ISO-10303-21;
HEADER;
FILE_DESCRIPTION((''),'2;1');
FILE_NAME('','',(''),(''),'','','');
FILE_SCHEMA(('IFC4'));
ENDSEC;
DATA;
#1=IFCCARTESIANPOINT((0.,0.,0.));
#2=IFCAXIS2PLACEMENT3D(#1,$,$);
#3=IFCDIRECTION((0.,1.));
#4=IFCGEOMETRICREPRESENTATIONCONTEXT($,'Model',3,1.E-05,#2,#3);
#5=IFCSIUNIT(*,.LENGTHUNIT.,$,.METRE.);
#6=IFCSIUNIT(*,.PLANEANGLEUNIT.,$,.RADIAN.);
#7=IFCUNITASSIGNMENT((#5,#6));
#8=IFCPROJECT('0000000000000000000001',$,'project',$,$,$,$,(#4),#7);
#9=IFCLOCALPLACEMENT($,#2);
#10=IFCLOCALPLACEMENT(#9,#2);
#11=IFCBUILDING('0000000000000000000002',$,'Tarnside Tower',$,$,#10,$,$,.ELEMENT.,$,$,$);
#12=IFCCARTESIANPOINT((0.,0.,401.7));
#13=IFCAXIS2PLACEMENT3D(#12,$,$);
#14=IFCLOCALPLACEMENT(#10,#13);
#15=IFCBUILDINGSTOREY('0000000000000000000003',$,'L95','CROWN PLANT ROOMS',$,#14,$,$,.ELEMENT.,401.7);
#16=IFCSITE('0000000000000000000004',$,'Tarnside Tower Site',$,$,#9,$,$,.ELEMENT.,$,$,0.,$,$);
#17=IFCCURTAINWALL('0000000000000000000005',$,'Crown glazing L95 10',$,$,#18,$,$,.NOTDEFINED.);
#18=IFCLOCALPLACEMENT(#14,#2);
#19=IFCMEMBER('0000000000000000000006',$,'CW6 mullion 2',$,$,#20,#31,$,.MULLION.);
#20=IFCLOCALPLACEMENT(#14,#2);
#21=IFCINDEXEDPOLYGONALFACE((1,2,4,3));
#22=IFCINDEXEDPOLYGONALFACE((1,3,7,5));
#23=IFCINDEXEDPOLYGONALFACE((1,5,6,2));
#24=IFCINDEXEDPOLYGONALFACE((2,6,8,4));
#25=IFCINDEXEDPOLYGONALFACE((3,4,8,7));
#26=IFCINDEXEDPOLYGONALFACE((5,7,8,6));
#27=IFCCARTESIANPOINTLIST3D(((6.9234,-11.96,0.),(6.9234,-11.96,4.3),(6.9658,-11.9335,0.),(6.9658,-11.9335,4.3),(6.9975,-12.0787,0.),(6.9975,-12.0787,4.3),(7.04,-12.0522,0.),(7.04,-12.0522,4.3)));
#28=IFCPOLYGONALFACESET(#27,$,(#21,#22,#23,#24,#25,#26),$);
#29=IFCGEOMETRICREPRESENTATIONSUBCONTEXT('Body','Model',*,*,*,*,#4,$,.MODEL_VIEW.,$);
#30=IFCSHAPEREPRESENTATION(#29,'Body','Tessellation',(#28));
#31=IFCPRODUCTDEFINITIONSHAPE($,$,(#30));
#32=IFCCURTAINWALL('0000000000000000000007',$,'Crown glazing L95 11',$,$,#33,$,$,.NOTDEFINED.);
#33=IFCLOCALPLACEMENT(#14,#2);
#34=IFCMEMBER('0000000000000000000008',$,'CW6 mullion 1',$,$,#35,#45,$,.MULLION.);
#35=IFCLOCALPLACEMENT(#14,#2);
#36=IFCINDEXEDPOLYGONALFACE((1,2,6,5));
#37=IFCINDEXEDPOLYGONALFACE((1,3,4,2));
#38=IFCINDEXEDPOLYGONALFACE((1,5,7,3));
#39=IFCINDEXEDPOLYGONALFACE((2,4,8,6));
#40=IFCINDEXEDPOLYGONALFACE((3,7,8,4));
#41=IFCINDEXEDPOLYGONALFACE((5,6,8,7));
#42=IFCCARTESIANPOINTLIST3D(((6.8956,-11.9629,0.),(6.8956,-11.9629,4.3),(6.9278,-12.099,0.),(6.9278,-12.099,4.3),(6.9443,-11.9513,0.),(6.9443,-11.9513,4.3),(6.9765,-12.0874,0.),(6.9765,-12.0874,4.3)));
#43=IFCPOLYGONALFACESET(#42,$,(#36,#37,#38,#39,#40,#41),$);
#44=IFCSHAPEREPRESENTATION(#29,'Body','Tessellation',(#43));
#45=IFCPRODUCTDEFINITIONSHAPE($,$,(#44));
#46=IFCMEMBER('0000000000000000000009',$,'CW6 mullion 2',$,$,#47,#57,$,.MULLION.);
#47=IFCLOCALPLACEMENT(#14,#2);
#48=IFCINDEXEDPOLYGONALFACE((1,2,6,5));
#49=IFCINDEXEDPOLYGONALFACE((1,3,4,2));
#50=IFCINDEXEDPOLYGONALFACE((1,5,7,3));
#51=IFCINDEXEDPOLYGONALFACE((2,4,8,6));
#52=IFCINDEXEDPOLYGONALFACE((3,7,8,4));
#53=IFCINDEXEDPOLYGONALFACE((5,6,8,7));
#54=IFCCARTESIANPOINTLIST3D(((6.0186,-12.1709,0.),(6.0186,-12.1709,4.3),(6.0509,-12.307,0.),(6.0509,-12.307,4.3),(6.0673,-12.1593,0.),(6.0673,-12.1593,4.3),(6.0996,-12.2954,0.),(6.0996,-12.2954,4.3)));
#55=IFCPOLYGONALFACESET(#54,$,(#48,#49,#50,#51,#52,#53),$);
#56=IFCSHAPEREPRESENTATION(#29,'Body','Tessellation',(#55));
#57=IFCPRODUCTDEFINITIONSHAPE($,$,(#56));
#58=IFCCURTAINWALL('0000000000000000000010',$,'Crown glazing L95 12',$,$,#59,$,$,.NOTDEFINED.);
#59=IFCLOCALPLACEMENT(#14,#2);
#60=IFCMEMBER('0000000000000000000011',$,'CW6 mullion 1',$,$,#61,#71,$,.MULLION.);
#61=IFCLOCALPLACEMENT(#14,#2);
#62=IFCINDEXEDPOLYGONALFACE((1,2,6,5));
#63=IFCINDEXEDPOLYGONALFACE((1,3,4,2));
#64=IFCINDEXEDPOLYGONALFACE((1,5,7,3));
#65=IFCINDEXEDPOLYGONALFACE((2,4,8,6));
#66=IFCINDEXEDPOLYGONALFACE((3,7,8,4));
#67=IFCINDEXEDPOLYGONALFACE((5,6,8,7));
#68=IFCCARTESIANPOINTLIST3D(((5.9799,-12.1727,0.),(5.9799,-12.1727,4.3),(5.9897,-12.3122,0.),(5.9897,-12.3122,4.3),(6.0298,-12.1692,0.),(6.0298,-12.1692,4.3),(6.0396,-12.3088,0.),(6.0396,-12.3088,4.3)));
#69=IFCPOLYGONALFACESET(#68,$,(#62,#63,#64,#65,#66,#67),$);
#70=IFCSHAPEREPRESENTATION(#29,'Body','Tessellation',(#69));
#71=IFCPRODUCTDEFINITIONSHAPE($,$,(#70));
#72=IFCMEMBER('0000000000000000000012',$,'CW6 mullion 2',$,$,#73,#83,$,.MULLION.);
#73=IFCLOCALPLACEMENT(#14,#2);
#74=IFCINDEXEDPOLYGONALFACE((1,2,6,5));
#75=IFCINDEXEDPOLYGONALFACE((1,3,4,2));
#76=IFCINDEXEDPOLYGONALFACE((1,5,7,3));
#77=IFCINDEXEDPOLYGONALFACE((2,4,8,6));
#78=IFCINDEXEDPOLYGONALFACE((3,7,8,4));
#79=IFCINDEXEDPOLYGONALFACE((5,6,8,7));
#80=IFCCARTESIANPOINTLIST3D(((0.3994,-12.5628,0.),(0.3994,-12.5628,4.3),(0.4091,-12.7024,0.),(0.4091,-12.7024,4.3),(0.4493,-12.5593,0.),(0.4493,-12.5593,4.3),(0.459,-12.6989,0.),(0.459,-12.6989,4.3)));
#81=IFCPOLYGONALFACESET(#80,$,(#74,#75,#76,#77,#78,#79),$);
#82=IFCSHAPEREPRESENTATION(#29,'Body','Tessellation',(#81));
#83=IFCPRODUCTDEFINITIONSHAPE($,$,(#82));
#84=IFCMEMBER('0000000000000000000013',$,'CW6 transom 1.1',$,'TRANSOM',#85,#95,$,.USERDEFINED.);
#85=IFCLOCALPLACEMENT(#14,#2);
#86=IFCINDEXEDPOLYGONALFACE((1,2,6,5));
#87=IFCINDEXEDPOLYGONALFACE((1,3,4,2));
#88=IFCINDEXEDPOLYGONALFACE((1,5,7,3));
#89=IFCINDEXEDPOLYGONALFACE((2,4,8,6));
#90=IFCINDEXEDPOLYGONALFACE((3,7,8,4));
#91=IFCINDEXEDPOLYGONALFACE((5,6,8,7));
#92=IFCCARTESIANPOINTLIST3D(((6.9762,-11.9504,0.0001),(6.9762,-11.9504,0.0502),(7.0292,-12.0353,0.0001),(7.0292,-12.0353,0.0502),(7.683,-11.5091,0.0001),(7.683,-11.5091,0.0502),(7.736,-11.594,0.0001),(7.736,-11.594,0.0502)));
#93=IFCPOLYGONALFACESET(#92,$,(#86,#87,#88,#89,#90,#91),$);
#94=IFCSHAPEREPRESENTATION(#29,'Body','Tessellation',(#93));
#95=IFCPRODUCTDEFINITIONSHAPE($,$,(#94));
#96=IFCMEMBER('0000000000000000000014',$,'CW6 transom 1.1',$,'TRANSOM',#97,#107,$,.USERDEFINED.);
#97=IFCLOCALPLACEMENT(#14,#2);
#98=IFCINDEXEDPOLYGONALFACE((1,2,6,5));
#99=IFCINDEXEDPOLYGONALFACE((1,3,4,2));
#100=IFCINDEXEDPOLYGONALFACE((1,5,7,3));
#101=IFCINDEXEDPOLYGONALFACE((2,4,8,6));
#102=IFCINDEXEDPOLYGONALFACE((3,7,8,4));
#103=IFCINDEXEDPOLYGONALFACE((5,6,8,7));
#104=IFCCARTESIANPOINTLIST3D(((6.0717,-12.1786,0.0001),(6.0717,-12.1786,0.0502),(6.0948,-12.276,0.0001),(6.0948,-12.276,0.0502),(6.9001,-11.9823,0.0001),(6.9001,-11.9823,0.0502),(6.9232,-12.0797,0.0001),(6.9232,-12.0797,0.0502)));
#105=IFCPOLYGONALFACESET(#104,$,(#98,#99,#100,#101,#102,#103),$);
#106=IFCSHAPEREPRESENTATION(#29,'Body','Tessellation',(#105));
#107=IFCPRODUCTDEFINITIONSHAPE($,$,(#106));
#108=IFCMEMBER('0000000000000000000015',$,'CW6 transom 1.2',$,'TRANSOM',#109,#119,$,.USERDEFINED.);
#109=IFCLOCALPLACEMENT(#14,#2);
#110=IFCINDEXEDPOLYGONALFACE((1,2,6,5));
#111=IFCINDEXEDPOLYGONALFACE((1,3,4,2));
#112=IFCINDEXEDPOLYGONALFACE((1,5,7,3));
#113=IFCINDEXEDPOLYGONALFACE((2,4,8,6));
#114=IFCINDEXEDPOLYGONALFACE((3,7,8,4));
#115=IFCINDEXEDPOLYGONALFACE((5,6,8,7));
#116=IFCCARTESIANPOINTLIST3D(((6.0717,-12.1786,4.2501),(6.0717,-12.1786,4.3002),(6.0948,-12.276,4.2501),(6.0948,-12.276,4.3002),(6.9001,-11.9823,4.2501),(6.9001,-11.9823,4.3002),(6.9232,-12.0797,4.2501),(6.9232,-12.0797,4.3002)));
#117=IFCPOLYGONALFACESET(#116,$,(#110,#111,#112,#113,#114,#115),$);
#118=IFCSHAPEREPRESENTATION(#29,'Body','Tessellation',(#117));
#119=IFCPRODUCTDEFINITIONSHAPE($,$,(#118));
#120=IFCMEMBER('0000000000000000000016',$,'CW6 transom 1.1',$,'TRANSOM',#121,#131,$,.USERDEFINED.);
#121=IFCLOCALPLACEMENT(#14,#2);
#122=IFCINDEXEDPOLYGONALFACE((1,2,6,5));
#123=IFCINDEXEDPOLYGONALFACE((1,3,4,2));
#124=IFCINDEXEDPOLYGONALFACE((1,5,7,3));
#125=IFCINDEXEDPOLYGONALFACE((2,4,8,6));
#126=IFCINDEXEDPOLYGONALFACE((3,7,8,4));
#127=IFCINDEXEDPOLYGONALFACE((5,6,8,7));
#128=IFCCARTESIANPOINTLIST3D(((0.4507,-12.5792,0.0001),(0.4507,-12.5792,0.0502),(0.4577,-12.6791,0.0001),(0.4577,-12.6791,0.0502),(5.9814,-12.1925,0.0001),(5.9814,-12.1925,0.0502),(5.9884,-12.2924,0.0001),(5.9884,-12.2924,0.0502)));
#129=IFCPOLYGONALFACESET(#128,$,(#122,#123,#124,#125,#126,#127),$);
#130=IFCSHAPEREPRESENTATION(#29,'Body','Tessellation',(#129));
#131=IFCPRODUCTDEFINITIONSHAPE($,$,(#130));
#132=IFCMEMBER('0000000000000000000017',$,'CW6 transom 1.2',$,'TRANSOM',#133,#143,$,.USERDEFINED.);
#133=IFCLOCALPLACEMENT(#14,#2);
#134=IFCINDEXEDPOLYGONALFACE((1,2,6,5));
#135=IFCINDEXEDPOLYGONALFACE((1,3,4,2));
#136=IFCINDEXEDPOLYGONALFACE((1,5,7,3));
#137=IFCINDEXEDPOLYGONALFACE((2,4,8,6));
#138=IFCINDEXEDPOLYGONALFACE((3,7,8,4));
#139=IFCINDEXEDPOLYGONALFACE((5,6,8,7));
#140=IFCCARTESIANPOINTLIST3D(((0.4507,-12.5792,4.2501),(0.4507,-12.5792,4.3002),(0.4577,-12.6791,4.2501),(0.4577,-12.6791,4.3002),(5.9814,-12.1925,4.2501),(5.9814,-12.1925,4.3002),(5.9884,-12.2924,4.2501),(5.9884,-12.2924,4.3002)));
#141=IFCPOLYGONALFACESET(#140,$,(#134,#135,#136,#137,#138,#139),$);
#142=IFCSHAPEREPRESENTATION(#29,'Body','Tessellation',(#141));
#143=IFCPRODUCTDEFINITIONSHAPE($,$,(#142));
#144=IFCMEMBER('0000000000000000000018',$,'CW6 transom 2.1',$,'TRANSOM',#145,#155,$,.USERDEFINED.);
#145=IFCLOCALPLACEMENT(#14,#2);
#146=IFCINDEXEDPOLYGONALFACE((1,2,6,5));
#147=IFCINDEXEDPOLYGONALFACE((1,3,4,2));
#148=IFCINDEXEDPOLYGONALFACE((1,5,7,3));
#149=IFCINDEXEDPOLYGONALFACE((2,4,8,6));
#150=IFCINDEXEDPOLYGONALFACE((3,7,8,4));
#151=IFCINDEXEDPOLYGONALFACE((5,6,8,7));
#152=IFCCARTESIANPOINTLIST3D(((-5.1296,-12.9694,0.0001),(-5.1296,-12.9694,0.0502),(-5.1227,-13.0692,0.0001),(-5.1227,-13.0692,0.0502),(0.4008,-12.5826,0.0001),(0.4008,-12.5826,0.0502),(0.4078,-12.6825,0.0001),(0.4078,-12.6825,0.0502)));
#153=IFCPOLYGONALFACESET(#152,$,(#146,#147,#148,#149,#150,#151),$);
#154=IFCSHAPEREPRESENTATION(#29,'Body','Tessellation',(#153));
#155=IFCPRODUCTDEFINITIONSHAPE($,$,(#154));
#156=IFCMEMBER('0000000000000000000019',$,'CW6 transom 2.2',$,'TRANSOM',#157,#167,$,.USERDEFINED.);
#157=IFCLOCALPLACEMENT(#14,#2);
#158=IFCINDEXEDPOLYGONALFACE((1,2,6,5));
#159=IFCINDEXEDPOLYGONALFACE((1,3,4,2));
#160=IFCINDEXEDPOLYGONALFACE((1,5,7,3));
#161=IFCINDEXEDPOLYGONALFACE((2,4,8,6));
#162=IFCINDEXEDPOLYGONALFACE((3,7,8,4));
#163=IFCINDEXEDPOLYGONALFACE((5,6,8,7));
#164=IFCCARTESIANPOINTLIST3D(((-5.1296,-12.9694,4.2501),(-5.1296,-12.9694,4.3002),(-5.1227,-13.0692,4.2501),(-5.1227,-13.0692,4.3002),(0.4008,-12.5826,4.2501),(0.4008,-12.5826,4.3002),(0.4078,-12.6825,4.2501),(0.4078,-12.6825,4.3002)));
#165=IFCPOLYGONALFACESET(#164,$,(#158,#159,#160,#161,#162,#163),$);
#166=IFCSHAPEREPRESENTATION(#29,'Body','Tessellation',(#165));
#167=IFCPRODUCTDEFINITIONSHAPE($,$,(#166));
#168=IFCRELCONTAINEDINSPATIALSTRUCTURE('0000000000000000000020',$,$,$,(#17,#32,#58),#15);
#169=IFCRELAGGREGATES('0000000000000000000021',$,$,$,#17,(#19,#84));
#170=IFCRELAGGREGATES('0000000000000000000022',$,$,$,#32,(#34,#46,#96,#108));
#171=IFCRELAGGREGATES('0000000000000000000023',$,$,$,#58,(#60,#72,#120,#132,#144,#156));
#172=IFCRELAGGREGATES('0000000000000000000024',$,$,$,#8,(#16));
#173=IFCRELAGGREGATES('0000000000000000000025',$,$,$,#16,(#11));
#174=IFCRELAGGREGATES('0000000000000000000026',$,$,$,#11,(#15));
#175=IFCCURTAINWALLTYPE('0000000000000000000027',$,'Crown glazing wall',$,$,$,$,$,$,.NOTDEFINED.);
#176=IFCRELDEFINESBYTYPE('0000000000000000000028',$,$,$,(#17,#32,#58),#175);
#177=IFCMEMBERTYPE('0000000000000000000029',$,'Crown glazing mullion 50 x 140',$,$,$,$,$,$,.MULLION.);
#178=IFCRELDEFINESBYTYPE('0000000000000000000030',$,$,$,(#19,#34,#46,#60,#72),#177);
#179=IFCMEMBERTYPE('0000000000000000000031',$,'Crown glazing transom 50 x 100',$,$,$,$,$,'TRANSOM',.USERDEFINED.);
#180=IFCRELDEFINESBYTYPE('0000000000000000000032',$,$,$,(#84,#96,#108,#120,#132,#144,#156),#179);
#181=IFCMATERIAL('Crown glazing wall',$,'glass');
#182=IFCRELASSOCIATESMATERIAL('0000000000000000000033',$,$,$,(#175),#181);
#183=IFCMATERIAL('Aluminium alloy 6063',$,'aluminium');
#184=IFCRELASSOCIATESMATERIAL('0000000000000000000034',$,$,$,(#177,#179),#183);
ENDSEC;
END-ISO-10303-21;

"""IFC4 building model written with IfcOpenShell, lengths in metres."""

from ifc_helpers import new_model, si_unit, direction, frame, origin, origin_2d, place, context, subcontext, project, spatial, rectangle, extrude, material, material_profile, profile_set, type_object, element, aggregate, save


model = new_model("IFC4")

# Units and contexts
model_context = context("Model", 3, precision=1e-05, world=origin(), true_north=direction((0.0, 1.0)))
body_context = subcontext(model_context, "Body", "Model", "MODEL_VIEW")
ifc_project = project(units=[si_unit("LENGTHUNIT", "METRE"), si_unit("PLANEANGLEUNIT", "RADIAN")], contexts=[model_context])

# Site, building, storey
site_placement = place(None, origin())
site = spatial("IfcSite", under=ifc_project, at=site_placement, Name="Tarnside Tower Site", CompositionType="ELEMENT", RefElevation=0.0)
building_placement = place(site_placement, origin())
building = spatial("IfcBuilding", under=site, at=building_placement, Name="Tarnside Tower", CompositionType="ELEMENT")
storey_placement = place(building_placement, frame((0.0, 0.0, 401.7)))
storey = spatial("IfcBuildingStorey", under=building, at=storey_placement, Name="L95", Description="CROWN PLANT ROOMS", CompositionType="ELEMENT", Elevation=401.7)

# Curtain wall, member
ifc_material_1 = material(Name="Crown glazing wall", Category="glass")
curtain_wall_type = type_object("IfcCurtainWallType", Name="Crown glazing wall", PredefinedType="NOTDEFINED", material=ifc_material_1)
curtain_wall_1_placement = place(storey_placement, origin())
curtain_wall_1 = element("IfcCurtainWall", 1, at=curtain_wall_1_placement, inside=storey, type_object=curtain_wall_type, Name="Crown glazing L95 10", PredefinedType="NOTDEFINED")
ifc_material_2 = material(Name="Aluminium alloy 6063", Category="aluminium")
ifc_material_profile_1 = material_profile(ifc_material_2, rectangle(XDim=0.1399, YDim=0.05, at=origin_2d()), Name="Crown glazing mullion 50 x 140")
ifc_profile_set_1 = profile_set([ifc_material_profile_1], Name="Aluminium alloy 6063")
member_type_1 = type_object("IfcMemberType", Name="Crown glazing mullion 50 x 140", PredefinedType="MULLION", material=ifc_profile_set_1)
member_1_placement = place(storey_placement, frame((6.9817, -12.0061, 0.0), z_axis=(0.0, 0.0, 1.0), x_axis=(0.529919, -0.848048, 0.0)))
member_1 = element("IfcMember", 2, at=member_1_placement, type_object=member_type_1, Name="CW6 mullion 2", PredefinedType="MULLION", context=body_context, shape_type="SweptSolid", body=[
    extrude(rectangle(XDim=0.1399, YDim=0.05, at=origin_2d()), origin(), (0.0, 0.0, 1.0), 4.3),
])

# Curtain walls, members
curtain_wall_2_placement = place(storey_placement, origin())
curtain_wall_2 = element("IfcCurtainWall", 3, at=curtain_wall_2_placement, inside=storey, type_object=curtain_wall_type, Name="Crown glazing L95 11", PredefinedType="NOTDEFINED")
member_2_placement = place(storey_placement, frame((6.936, -12.0251, 0.0), z_axis=(0.0, 0.0, 1.0), x_axis=(0.230616, -0.973045, 0.0)))
member_2 = element("IfcMember", 4, at=member_2_placement, type_object=member_type_1, Name="CW6 mullion 1", PredefinedType="MULLION", context=body_context, shape_type="SweptSolid", body=[
    extrude(rectangle(XDim=0.1399, YDim=0.05, at=origin_2d()), origin(), (0.0, 0.0, 1.0), 4.3),
])
member_3_placement = place(storey_placement, frame((6.0591, -12.2332, 0.0), z_axis=(0.0, 0.0, 1.0), x_axis=(0.230616, -0.973045, 0.0)))
member_3 = element("IfcMember", 5, at=member_3_placement, type_object=member_type_1, Name="CW6 mullion 2", PredefinedType="MULLION", context=body_context, shape_type="SweptSolid", body=[
    extrude(rectangle(XDim=0.1399, YDim=0.05, at=origin_2d()), origin(), (0.0, 0.0, 1.0), 4.3),
])
curtain_wall_3_placement = place(storey_placement, origin())
curtain_wall_3 = element("IfcCurtainWall", 6, at=curtain_wall_3_placement, inside=storey, type_object=curtain_wall_type, Name="Crown glazing L95 12", PredefinedType="NOTDEFINED")
member_4_placement = place(storey_placement, frame((6.0098, -12.2407, 0.0), z_axis=(0.0, 0.0, 1.0), x_axis=(0.069756, -0.997564, 0.0)))
member_4 = element("IfcMember", 7, at=member_4_placement, type_object=member_type_1, Name="CW6 mullion 1", PredefinedType="MULLION", context=body_context, shape_type="SweptSolid", body=[
    extrude(rectangle(XDim=0.1399, YDim=0.05, at=origin_2d()), origin(), (0.0, 0.0, 1.0), 4.3),
])
member_5_placement = place(storey_placement, frame((0.4292, -12.6309, 0.0), z_axis=(0.0, 0.0, 1.0), x_axis=(0.069756, -0.997564, 0.0)))
member_5 = element("IfcMember", 8, at=member_5_placement, type_object=member_type_1, Name="CW6 mullion 2", PredefinedType="MULLION", context=body_context, shape_type="SweptSolid", body=[
    extrude(rectangle(XDim=0.1399, YDim=0.05, at=origin_2d()), origin(), (0.0, 0.0, 1.0), 4.3),
])

# Members
ifc_material_profile_2 = material_profile(ifc_material_2, rectangle(XDim=0.1001, YDim=0.05, at=origin_2d()), Name="Crown glazing transom 50 x 100")
ifc_profile_set_2 = profile_set([ifc_material_profile_2], Name="Aluminium alloy 6063")
member_type_2 = type_object("IfcMemberType", Name="Crown glazing transom 50 x 100", ElementType="TRANSOM", PredefinedType="USERDEFINED", material=ifc_profile_set_2)
member_6_placement = place(storey_placement, frame((7.7095, -11.5515, 0.0251), z_axis=(-0.848179, -0.529709, 0.0), x_axis=(0.529709, -0.848179, 0.0)))
member_6 = element("IfcMember", 9, at=member_6_placement, type_object=member_type_2, Name="CW6 transom 1.1", ObjectType="TRANSOM", PredefinedType="USERDEFINED", context=body_context, shape_type="SweptSolid", body=[
    extrude(rectangle(XDim=0.1001, YDim=0.05, at=origin_2d()), origin(), (0.0, 0.0, 1.0), 0.8333),
])
member_7_placement = place(storey_placement, frame((6.9116, -12.031, 0.0251), z_axis=(-0.973055, -0.230574, 0.0), x_axis=(0.230574, -0.973055, 0.0)))
member_7 = element("IfcMember", 10, at=member_7_placement, type_object=member_type_2, Name="CW6 transom 1.1", ObjectType="TRANSOM", PredefinedType="USERDEFINED", context=body_context, shape_type="SweptSolid", body=[
    extrude(rectangle(XDim=0.1001, YDim=0.05, at=origin_2d()), origin(), (0.0, 0.0, 1.0), 0.8513),
])
member_8_placement = place(storey_placement, frame((6.9116, -12.031, 4.2751), z_axis=(-0.973055, -0.230574, 0.0), x_axis=(0.230574, -0.973055, 0.0)))
member_8 = element("IfcMember", 11, at=member_8_placement, type_object=member_type_2, Name="CW6 transom 1.2", ObjectType="TRANSOM", PredefinedType="USERDEFINED", context=body_context, shape_type="SweptSolid", body=[
    extrude(rectangle(XDim=0.1001, YDim=0.05, at=origin_2d()), origin(), (0.0, 0.0, 1.0), 0.8513),
])
member_9_placement = place(storey_placement, frame((5.9849, -12.2424, 0.0251), z_axis=(-0.997564, -0.069751, 0.0), x_axis=(0.069751, -0.997564, 0.0)))
member_9 = element("IfcMember", 12, at=member_9_placement, type_object=member_type_2, Name="CW6 transom 1.1", ObjectType="TRANSOM", PredefinedType="USERDEFINED", context=body_context, shape_type="SweptSolid", body=[
    extrude(rectangle(XDim=0.1001, YDim=0.05, at=origin_2d()), origin(), (0.0, 0.0, 1.0), 5.5442),
])
member_10_placement = place(storey_placement, frame((5.9849, -12.2424, 4.2751), z_axis=(-0.997564, -0.069751, 0.0), x_axis=(0.069751, -0.997564, 0.0)))
member_10 = element("IfcMember", 13, at=member_10_placement, type_object=member_type_2, Name="CW6 transom 1.2", ObjectType="TRANSOM", PredefinedType="USERDEFINED", context=body_context, shape_type="SweptSolid", body=[
    extrude(rectangle(XDim=0.1001, YDim=0.05, at=origin_2d()), origin(), (0.0, 0.0, 1.0), 5.5442),
])
member_11_placement = place(storey_placement, frame((0.4043, -12.6326, 0.0251), z_axis=(-0.997564, -0.069754, 0.0), x_axis=(0.069754, -0.997564, 0.0)))
member_11 = element("IfcMember", 14, at=member_11_placement, type_object=member_type_2, Name="CW6 transom 2.1", ObjectType="TRANSOM", PredefinedType="USERDEFINED", context=body_context, shape_type="SweptSolid", body=[
    extrude(rectangle(XDim=0.1001, YDim=0.05, at=origin_2d()), origin(), (0.0, 0.0, 1.0), 5.5439),
])
member_12_placement = place(storey_placement, frame((0.4043, -12.6326, 4.2751), z_axis=(-0.997564, -0.069754, 0.0), x_axis=(0.069754, -0.997564, 0.0)))
member_12 = element("IfcMember", 15, at=member_12_placement, type_object=member_type_2, Name="CW6 transom 2.2", ObjectType="TRANSOM", PredefinedType="USERDEFINED", context=body_context, shape_type="SweptSolid", body=[
    extrude(rectangle(XDim=0.1001, YDim=0.05, at=origin_2d()), origin(), (0.0, 0.0, 1.0), 5.5439),
])

aggregate(curtain_wall_1, [member_1, member_6])
aggregate(curtain_wall_2, [member_2, member_3, member_7, member_8])
aggregate(curtain_wall_3, [member_4, member_5, member_9, member_10, member_11, member_12])

save(model, "model.ifc")
